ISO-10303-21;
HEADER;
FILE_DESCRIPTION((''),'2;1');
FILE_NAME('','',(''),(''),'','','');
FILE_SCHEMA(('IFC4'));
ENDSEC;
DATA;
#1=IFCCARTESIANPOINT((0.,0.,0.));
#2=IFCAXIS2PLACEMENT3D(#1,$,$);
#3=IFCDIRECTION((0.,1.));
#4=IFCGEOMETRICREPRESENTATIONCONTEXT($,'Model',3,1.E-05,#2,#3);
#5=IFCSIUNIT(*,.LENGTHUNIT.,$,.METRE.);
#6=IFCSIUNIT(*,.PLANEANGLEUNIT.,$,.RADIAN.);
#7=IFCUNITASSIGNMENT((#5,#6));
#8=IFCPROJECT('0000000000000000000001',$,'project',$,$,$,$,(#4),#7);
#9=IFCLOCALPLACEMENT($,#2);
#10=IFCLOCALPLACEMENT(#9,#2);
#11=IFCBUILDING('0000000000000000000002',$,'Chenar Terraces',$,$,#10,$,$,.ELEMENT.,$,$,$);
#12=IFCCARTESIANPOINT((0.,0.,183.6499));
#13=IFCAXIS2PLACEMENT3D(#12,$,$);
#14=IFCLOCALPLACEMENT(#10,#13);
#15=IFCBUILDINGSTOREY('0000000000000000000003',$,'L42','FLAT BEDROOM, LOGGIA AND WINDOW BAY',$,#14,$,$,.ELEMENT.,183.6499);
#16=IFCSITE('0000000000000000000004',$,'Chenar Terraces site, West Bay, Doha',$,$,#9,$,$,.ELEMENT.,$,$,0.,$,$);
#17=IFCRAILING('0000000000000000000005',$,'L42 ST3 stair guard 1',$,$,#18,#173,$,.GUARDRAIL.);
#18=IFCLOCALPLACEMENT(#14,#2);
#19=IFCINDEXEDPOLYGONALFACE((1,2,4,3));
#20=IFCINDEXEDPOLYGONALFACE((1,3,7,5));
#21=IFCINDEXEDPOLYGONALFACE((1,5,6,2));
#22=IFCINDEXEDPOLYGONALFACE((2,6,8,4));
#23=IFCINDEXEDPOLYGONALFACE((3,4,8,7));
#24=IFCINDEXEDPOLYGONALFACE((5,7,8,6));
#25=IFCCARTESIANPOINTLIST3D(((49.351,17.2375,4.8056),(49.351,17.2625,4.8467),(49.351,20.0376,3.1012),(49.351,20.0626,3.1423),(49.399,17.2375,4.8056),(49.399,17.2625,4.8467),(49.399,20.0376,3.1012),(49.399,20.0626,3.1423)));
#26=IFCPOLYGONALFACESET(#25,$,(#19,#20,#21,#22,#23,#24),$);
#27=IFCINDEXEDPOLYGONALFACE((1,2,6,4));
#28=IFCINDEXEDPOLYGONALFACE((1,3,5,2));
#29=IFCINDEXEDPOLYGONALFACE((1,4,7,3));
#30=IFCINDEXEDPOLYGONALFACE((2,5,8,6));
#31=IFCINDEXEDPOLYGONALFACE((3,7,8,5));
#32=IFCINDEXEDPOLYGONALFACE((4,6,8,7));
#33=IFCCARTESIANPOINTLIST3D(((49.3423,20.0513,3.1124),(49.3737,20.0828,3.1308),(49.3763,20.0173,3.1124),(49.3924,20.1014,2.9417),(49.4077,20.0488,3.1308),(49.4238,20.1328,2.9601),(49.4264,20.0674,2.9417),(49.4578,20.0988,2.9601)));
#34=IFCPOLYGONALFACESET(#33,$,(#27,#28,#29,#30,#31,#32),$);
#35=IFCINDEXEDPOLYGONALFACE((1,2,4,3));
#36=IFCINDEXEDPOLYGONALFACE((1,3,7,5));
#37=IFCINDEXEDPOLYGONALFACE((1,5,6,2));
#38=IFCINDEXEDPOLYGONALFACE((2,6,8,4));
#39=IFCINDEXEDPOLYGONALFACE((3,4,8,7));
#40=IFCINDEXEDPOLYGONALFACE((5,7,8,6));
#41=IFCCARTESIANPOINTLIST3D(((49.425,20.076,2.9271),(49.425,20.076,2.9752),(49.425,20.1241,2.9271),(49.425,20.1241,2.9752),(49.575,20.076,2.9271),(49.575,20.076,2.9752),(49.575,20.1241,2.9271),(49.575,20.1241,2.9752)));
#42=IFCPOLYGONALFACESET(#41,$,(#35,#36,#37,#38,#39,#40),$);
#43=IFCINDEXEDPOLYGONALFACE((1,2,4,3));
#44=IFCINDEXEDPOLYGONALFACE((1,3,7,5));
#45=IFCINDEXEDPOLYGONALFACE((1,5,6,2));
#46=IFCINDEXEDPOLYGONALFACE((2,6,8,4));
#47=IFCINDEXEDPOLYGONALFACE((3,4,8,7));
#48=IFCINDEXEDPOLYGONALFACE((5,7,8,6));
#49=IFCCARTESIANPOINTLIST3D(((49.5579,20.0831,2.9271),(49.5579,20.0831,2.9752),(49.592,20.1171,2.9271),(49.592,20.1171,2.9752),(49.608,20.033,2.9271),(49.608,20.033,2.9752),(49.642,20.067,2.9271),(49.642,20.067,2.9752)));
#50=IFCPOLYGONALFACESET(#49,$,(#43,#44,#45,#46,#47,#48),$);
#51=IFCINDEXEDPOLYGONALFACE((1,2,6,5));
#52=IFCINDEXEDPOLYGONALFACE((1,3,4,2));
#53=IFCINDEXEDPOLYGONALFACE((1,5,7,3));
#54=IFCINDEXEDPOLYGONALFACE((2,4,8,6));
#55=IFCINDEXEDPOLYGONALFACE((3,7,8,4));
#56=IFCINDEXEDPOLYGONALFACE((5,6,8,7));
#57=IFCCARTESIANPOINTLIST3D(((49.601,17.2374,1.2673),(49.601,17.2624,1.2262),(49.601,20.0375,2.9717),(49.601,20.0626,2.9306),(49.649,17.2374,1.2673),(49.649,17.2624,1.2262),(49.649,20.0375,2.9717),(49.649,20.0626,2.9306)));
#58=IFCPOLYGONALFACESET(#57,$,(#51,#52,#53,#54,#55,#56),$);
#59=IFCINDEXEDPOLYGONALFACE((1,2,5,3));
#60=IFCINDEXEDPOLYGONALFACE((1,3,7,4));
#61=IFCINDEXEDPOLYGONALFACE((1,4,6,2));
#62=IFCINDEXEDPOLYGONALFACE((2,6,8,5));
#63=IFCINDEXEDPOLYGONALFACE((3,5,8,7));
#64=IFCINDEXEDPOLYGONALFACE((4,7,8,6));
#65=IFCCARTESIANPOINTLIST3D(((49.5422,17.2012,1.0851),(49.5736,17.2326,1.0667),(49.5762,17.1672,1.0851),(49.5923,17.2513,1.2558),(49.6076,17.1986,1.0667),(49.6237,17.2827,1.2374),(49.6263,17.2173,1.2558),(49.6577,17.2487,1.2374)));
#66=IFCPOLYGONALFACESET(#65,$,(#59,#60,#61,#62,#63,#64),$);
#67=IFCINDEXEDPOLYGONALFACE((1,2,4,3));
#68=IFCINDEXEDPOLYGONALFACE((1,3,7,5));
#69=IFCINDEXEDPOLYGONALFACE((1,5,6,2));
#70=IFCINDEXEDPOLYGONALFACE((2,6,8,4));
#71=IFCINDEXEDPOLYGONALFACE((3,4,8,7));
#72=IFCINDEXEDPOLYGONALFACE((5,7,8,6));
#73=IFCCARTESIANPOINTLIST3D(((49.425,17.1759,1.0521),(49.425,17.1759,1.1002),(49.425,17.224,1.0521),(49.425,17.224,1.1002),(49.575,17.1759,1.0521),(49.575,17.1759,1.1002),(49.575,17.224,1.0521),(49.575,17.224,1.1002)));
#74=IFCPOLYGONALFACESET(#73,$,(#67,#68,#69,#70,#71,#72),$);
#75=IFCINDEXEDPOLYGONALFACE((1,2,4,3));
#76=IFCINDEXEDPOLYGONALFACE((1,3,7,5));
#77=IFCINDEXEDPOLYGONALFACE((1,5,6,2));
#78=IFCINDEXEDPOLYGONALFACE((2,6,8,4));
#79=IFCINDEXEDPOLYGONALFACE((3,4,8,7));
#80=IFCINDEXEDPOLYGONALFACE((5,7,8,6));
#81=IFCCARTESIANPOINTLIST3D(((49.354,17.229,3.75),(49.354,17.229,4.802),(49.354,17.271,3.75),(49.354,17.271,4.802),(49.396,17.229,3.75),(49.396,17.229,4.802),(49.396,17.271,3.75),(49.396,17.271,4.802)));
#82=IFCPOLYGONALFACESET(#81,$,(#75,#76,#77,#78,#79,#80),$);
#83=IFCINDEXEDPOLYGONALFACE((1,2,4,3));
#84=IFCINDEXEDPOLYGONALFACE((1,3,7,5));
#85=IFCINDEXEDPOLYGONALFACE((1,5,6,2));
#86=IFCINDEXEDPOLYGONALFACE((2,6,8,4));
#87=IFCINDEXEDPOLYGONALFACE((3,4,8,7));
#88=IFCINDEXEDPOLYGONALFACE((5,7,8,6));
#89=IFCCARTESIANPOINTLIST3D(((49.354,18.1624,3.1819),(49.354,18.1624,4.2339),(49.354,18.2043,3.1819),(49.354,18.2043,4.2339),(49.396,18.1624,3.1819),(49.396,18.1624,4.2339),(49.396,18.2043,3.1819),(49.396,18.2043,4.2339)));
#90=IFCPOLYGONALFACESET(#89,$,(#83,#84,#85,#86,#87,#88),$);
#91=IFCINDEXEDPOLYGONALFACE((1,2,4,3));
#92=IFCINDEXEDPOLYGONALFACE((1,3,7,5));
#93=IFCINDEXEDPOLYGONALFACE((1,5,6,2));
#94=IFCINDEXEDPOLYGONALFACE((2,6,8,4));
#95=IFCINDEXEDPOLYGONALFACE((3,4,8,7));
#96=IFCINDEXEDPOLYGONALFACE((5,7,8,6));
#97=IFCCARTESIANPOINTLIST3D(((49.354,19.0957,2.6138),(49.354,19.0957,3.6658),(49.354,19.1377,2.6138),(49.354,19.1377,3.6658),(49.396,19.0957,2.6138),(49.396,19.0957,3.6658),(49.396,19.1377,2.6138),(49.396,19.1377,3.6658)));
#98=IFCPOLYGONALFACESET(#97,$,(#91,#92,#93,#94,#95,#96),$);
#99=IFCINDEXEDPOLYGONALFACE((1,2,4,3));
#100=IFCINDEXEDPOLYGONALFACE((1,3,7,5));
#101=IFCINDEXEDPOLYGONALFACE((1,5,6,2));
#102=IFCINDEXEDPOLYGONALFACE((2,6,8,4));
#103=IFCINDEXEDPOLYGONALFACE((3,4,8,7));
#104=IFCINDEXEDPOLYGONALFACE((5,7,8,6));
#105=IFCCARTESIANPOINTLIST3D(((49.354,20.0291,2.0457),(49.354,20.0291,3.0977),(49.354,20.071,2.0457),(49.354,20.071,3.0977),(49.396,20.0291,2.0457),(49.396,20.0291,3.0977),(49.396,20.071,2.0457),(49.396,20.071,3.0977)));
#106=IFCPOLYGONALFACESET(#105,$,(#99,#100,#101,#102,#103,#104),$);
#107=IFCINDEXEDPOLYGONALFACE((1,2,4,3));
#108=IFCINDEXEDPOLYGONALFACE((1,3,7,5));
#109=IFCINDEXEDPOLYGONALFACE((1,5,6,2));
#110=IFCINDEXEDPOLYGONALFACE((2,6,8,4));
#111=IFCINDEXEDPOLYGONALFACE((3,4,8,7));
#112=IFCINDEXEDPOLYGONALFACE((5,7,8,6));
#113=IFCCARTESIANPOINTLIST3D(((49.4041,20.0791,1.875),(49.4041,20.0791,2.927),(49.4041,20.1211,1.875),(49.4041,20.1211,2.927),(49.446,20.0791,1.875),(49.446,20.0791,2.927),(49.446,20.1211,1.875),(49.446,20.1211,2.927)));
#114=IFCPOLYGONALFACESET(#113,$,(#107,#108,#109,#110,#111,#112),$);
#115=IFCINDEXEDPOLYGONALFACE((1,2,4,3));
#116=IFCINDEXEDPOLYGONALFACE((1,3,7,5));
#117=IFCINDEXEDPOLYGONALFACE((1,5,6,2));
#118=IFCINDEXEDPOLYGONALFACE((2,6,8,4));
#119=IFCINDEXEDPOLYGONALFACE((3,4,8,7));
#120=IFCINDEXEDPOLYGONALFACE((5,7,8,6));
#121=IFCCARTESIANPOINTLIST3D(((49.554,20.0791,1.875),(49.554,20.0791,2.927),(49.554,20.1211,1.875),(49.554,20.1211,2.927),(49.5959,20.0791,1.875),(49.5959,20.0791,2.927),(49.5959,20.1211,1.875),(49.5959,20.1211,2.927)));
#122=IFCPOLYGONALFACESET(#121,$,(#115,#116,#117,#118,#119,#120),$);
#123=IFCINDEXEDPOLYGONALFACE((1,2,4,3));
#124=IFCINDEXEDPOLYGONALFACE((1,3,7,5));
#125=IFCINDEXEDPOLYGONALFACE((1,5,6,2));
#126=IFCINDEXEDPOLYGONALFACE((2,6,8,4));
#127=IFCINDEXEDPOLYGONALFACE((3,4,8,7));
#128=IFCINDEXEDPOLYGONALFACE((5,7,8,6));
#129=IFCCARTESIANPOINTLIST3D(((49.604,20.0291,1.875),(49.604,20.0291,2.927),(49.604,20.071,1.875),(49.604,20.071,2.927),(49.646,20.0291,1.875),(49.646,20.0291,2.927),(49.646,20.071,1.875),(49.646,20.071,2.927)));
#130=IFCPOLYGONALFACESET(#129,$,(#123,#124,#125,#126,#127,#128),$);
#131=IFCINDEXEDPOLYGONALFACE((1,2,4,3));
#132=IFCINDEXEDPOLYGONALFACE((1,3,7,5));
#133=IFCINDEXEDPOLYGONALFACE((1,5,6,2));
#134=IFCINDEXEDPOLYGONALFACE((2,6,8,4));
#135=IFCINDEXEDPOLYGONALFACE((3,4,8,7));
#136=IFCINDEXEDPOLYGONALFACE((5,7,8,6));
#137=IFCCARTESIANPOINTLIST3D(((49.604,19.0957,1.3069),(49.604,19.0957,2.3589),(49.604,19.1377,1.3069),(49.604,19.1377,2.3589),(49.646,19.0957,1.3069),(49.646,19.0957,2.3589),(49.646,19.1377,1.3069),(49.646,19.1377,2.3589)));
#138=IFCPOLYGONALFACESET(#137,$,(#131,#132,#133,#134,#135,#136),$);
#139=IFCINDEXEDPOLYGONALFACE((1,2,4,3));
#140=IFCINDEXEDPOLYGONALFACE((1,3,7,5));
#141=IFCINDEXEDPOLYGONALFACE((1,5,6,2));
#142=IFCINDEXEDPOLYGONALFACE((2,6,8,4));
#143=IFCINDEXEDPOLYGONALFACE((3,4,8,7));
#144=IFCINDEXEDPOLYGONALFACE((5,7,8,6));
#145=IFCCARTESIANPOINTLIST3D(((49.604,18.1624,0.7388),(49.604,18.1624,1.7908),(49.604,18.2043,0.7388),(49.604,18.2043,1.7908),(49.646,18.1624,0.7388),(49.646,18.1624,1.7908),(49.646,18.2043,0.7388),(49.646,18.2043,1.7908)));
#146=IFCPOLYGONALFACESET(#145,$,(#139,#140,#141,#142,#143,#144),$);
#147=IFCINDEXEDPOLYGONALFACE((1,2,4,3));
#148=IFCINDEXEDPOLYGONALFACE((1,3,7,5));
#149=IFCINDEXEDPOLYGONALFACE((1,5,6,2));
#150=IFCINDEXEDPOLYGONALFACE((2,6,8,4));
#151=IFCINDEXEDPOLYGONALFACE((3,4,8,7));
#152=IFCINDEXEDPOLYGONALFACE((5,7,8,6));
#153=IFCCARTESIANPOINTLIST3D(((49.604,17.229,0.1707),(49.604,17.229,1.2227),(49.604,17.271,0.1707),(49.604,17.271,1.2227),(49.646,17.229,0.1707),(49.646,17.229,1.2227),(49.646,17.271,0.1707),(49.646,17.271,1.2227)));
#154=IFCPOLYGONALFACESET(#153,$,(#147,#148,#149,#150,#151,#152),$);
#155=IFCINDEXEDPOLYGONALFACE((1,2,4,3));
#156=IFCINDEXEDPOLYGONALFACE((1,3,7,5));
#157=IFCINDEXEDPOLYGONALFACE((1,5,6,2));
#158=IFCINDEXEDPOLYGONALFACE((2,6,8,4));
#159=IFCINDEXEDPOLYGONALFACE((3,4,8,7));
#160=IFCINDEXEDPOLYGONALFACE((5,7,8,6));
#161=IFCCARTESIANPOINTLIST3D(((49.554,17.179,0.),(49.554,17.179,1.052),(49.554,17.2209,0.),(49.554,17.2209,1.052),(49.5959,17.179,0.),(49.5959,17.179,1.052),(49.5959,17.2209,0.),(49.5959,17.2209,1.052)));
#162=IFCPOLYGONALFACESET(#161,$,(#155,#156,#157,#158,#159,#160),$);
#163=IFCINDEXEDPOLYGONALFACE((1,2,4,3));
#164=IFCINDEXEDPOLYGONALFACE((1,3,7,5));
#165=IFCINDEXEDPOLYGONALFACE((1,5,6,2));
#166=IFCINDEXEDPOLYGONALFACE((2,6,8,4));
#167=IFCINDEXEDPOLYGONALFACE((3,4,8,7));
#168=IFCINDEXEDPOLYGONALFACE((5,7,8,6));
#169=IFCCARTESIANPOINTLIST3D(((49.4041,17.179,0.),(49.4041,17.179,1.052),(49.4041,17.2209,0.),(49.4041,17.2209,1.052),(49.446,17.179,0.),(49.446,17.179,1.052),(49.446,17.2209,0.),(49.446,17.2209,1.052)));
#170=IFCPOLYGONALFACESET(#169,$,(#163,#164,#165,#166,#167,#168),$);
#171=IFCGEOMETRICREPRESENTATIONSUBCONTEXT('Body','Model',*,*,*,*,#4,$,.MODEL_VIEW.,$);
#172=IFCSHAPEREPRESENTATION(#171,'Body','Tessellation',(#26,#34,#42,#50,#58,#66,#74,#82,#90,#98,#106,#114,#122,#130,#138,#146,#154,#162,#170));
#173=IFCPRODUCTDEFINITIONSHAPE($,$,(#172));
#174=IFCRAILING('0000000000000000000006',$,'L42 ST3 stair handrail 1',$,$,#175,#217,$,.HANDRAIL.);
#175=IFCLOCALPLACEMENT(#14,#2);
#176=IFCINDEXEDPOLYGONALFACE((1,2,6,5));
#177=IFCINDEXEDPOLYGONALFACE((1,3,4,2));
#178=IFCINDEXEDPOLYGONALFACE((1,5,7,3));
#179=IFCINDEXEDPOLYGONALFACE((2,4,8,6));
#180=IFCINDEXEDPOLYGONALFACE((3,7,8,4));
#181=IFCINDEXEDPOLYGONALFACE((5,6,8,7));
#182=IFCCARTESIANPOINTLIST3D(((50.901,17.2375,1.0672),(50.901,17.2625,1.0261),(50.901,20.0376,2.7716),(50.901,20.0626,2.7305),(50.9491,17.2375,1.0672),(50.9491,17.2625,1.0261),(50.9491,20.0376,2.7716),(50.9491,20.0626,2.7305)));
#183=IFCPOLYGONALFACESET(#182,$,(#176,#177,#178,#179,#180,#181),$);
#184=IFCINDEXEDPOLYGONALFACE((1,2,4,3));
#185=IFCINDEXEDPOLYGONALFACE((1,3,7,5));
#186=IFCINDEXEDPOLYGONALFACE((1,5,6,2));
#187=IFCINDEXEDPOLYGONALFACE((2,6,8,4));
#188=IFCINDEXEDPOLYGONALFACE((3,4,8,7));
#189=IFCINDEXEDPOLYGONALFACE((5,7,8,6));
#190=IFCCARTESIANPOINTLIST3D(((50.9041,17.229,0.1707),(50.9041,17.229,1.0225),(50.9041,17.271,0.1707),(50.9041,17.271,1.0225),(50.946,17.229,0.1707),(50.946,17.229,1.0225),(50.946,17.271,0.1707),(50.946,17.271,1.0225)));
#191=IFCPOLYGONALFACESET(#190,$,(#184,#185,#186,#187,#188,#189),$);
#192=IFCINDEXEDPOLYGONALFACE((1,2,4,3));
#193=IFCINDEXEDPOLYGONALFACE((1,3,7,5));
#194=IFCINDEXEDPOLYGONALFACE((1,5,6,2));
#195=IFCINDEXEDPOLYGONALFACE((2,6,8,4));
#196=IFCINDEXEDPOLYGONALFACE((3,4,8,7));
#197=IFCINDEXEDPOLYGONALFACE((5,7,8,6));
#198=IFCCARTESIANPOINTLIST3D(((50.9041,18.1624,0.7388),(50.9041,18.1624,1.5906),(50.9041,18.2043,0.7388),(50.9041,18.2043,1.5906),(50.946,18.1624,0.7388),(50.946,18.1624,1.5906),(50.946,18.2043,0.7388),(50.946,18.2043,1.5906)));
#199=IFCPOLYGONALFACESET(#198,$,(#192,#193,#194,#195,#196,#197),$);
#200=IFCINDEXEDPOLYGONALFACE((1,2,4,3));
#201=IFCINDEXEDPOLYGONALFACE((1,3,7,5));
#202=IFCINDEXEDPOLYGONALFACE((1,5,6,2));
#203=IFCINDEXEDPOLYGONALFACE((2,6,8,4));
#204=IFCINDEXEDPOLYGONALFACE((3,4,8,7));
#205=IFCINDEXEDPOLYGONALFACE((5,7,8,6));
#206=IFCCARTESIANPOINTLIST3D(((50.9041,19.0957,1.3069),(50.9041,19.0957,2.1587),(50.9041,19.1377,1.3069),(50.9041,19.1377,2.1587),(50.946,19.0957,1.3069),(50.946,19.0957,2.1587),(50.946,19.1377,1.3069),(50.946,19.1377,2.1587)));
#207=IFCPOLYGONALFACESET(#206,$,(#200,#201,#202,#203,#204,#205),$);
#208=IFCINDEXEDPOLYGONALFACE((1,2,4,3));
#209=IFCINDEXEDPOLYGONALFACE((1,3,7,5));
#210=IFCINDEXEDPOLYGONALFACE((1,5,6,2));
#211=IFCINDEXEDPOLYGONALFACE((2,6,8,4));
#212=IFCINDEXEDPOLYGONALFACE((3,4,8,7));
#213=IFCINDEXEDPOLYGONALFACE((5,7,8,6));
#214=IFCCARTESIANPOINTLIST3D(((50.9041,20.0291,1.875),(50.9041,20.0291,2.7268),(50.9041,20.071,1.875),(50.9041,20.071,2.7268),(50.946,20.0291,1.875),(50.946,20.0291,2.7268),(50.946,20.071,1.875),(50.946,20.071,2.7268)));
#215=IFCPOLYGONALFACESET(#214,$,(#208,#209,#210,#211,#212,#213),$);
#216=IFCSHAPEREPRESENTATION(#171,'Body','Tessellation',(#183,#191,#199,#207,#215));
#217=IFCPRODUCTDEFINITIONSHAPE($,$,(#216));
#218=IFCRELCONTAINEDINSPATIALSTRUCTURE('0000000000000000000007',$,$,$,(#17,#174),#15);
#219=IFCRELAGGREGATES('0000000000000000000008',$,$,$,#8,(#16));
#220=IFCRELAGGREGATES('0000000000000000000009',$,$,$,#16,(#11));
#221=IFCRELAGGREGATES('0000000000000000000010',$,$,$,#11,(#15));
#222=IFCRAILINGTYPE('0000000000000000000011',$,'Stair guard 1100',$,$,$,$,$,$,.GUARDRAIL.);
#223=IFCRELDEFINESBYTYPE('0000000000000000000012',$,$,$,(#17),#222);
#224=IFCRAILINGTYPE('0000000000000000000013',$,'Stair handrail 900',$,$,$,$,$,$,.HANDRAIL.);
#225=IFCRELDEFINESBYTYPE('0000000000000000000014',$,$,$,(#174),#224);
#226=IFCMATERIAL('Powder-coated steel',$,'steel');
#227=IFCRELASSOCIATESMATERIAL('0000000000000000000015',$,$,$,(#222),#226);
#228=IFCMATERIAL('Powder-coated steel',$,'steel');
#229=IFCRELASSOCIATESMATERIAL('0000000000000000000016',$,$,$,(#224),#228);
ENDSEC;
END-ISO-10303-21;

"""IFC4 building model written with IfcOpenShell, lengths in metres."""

from ifc_helpers import new_model, si_unit, direction, frame, origin, origin_2d, place, context, subcontext, project, spatial, rectangle, extrude, material, type_object, element, save


model = new_model("IFC4")

# Units and contexts
model_context = context("Model", 3, precision=1e-05, world=origin(), true_north=direction((0.0, 1.0)))
body_context = subcontext(model_context, "Body", "Model", "MODEL_VIEW")
ifc_project = project(units=[si_unit("LENGTHUNIT", "METRE"), si_unit("PLANEANGLEUNIT", "RADIAN")], contexts=[model_context])

# Site, building, storey
site_placement = place(None, origin())
site = spatial("IfcSite", under=ifc_project, at=site_placement, Name="Chenar Terraces site, West Bay, Doha", CompositionType="ELEMENT", RefElevation=0.0)
building_placement = place(site_placement, origin())
building = spatial("IfcBuilding", under=site, at=building_placement, Name="Chenar Terraces", CompositionType="ELEMENT")
storey_placement = place(building_placement, frame((0.0, 0.0, 183.6499)))
storey = spatial("IfcBuildingStorey", under=building, at=storey_placement, Name="L42", Description="FLAT BEDROOM, LOGGIA AND WINDOW BAY", CompositionType="ELEMENT", Elevation=183.6499)

# Railings
ifc_material_1 = material(Name="Powder-coated steel", Category="steel")
railing_type_1 = type_object("IfcRailingType", Name="Stair guard 1100", PredefinedType="GUARDRAIL", material=ifc_material_1)
railing_1_placement = place(storey_placement, frame((49.375, 17.25, 3.75)))
element("IfcRailing", 1, at=railing_1_placement, inside=storey, type_object=railing_type_1, Name="L42 ST3 stair guard 1", PredefinedType="GUARDRAIL", context=body_context, shape_type="SweptSolid", body=[
    extrude(rectangle(XDim=0.0481, YDim=0.0481, at=origin_2d()), frame((0.0, 0.0, 1.0762), z_axis=(0.0, 0.854203, -0.51994), x_axis=(-1.0, 0.0, 0.0)), (0.0, 0.0, 1.0), 3.2781),
    extrude(rectangle(XDim=0.0481, YDim=0.0481, at=origin_2d()), frame((0.0, 2.8, -0.6284), z_axis=(0.2709, 0.2709, -0.923703), x_axis=(-0.707107, 0.707107, 0.0)), (0.0, 0.0, 1.0), 0.1848),
    extrude(rectangle(XDim=0.0481, YDim=0.0481, at=origin_2d()), frame((0.05, 2.8501, -0.7988), z_axis=(1.0, 0.0, 0.0), x_axis=(0.0, 1.0, 0.0)), (0.0, 0.0, 1.0), 0.1499),
    extrude(rectangle(XDim=0.0481, YDim=0.0481, at=origin_2d()), frame((0.2, 2.8501, -0.7988), z_axis=(0.707107, -0.707107, 0.0), x_axis=(0.707107, 0.707107, 0.0)), (0.0, 0.0, 1.0), 0.0708),
    extrude(rectangle(XDim=0.0481, YDim=0.0481, at=origin_2d()), frame((0.25, 2.8, -0.7988), z_axis=(0.0, -0.854203, -0.51994), x_axis=(1.0, 0.0, 0.0)), (0.0, 0.0, 1.0), 3.2781),
    extrude(rectangle(XDim=0.0481, YDim=0.0481, at=origin_2d()), frame((0.25, 0.0, -2.5034), z_axis=(-0.2709, -0.2709, -0.923703), x_axis=(0.707107, -0.707107, 0.0)), (0.0, 0.0, 1.0), 0.1848),
    extrude(rectangle(XDim=0.0481, YDim=0.0481, at=origin_2d()), frame((0.2, -0.05, -2.6738), z_axis=(-1.0, 0.0, 0.0), x_axis=(0.0, -1.0, 0.0)), (0.0, 0.0, 1.0), 0.1499),
    extrude(rectangle(XDim=0.042, YDim=0.042, at=origin_2d()), origin(), (0.0, 0.0, 1.0), 1.052),
    extrude(rectangle(XDim=0.042, YDim=0.042, at=origin_2d()), frame((0.0, 0.9333, -0.5681)), (0.0, 0.0, 1.0), 1.052),
    extrude(rectangle(XDim=0.042, YDim=0.042, at=origin_2d()), frame((0.0, 1.8667, -1.1362)), (0.0, 0.0, 1.0), 1.052),
    extrude(rectangle(XDim=0.042, YDim=0.042, at=origin_2d()), frame((0.0, 2.8, -1.7043)), (0.0, 0.0, 1.0), 1.052),
    extrude(rectangle(XDim=0.042, YDim=0.042, at=origin_2d()), frame((0.05, 2.8501, -1.875)), (0.0, 0.0, 1.0), 1.052),
    extrude(rectangle(XDim=0.042, YDim=0.042, at=origin_2d()), frame((0.2, 2.8501, -1.875)), (0.0, 0.0, 1.0), 1.052),
    extrude(rectangle(XDim=0.042, YDim=0.042, at=origin_2d()), frame((0.25, 2.8, -1.875)), (0.0, 0.0, 1.0), 1.052),
    extrude(rectangle(XDim=0.042, YDim=0.042, at=origin_2d()), frame((0.25, 1.8667, -2.4431)), (0.0, 0.0, 1.0), 1.052),
    extrude(rectangle(XDim=0.042, YDim=0.042, at=origin_2d()), frame((0.25, 0.9333, -3.0112)), (0.0, 0.0, 1.0), 1.052),
    extrude(rectangle(XDim=0.042, YDim=0.042, at=origin_2d()), frame((0.25, 0.0, -3.5793)), (0.0, 0.0, 1.0), 1.052),
    extrude(rectangle(XDim=0.042, YDim=0.042, at=origin_2d()), frame((0.2, -0.05, -3.75)), (0.0, 0.0, 1.0), 1.052),
    extrude(rectangle(XDim=0.042, YDim=0.042, at=origin_2d()), frame((0.05, -0.05, -3.75)), (0.0, 0.0, 1.0), 1.052),
])
ifc_material_2 = material(Name="Powder-coated steel", Category="steel")
railing_type_2 = type_object("IfcRailingType", Name="Stair handrail 900", PredefinedType="HANDRAIL", material=ifc_material_2)
railing_2_placement = place(storey_placement, frame((50.925, 17.25, 0.1707)))
element("IfcRailing", 2, at=railing_2_placement, inside=storey, type_object=railing_type_2, Name="L42 ST3 stair handrail 1", PredefinedType="HANDRAIL", context=body_context, shape_type="SweptSolid", body=[
    extrude(rectangle(XDim=0.0481, YDim=0.0481, at=origin_2d()), frame((0.0, 0.0, 0.876), z_axis=(0.0, 0.854203, 0.51994), x_axis=(-1.0, 0.0, 0.0)), (0.0, 0.0, 1.0), 3.2781),
    extrude(rectangle(XDim=0.042, YDim=0.042, at=origin_2d()), origin(), (0.0, 0.0, 1.0), 0.8518),
    extrude(rectangle(XDim=0.042, YDim=0.042, at=origin_2d()), frame((0.0, 0.9333, 0.5681)), (0.0, 0.0, 1.0), 0.8518),
    extrude(rectangle(XDim=0.042, YDim=0.042, at=origin_2d()), frame((0.0, 1.8667, 1.1362)), (0.0, 0.0, 1.0), 0.8518),
    extrude(rectangle(XDim=0.042, YDim=0.042, at=origin_2d()), frame((0.0, 2.8, 1.7043)), (0.0, 0.0, 1.0), 0.8518),
])

save(model, "model.ifc")
